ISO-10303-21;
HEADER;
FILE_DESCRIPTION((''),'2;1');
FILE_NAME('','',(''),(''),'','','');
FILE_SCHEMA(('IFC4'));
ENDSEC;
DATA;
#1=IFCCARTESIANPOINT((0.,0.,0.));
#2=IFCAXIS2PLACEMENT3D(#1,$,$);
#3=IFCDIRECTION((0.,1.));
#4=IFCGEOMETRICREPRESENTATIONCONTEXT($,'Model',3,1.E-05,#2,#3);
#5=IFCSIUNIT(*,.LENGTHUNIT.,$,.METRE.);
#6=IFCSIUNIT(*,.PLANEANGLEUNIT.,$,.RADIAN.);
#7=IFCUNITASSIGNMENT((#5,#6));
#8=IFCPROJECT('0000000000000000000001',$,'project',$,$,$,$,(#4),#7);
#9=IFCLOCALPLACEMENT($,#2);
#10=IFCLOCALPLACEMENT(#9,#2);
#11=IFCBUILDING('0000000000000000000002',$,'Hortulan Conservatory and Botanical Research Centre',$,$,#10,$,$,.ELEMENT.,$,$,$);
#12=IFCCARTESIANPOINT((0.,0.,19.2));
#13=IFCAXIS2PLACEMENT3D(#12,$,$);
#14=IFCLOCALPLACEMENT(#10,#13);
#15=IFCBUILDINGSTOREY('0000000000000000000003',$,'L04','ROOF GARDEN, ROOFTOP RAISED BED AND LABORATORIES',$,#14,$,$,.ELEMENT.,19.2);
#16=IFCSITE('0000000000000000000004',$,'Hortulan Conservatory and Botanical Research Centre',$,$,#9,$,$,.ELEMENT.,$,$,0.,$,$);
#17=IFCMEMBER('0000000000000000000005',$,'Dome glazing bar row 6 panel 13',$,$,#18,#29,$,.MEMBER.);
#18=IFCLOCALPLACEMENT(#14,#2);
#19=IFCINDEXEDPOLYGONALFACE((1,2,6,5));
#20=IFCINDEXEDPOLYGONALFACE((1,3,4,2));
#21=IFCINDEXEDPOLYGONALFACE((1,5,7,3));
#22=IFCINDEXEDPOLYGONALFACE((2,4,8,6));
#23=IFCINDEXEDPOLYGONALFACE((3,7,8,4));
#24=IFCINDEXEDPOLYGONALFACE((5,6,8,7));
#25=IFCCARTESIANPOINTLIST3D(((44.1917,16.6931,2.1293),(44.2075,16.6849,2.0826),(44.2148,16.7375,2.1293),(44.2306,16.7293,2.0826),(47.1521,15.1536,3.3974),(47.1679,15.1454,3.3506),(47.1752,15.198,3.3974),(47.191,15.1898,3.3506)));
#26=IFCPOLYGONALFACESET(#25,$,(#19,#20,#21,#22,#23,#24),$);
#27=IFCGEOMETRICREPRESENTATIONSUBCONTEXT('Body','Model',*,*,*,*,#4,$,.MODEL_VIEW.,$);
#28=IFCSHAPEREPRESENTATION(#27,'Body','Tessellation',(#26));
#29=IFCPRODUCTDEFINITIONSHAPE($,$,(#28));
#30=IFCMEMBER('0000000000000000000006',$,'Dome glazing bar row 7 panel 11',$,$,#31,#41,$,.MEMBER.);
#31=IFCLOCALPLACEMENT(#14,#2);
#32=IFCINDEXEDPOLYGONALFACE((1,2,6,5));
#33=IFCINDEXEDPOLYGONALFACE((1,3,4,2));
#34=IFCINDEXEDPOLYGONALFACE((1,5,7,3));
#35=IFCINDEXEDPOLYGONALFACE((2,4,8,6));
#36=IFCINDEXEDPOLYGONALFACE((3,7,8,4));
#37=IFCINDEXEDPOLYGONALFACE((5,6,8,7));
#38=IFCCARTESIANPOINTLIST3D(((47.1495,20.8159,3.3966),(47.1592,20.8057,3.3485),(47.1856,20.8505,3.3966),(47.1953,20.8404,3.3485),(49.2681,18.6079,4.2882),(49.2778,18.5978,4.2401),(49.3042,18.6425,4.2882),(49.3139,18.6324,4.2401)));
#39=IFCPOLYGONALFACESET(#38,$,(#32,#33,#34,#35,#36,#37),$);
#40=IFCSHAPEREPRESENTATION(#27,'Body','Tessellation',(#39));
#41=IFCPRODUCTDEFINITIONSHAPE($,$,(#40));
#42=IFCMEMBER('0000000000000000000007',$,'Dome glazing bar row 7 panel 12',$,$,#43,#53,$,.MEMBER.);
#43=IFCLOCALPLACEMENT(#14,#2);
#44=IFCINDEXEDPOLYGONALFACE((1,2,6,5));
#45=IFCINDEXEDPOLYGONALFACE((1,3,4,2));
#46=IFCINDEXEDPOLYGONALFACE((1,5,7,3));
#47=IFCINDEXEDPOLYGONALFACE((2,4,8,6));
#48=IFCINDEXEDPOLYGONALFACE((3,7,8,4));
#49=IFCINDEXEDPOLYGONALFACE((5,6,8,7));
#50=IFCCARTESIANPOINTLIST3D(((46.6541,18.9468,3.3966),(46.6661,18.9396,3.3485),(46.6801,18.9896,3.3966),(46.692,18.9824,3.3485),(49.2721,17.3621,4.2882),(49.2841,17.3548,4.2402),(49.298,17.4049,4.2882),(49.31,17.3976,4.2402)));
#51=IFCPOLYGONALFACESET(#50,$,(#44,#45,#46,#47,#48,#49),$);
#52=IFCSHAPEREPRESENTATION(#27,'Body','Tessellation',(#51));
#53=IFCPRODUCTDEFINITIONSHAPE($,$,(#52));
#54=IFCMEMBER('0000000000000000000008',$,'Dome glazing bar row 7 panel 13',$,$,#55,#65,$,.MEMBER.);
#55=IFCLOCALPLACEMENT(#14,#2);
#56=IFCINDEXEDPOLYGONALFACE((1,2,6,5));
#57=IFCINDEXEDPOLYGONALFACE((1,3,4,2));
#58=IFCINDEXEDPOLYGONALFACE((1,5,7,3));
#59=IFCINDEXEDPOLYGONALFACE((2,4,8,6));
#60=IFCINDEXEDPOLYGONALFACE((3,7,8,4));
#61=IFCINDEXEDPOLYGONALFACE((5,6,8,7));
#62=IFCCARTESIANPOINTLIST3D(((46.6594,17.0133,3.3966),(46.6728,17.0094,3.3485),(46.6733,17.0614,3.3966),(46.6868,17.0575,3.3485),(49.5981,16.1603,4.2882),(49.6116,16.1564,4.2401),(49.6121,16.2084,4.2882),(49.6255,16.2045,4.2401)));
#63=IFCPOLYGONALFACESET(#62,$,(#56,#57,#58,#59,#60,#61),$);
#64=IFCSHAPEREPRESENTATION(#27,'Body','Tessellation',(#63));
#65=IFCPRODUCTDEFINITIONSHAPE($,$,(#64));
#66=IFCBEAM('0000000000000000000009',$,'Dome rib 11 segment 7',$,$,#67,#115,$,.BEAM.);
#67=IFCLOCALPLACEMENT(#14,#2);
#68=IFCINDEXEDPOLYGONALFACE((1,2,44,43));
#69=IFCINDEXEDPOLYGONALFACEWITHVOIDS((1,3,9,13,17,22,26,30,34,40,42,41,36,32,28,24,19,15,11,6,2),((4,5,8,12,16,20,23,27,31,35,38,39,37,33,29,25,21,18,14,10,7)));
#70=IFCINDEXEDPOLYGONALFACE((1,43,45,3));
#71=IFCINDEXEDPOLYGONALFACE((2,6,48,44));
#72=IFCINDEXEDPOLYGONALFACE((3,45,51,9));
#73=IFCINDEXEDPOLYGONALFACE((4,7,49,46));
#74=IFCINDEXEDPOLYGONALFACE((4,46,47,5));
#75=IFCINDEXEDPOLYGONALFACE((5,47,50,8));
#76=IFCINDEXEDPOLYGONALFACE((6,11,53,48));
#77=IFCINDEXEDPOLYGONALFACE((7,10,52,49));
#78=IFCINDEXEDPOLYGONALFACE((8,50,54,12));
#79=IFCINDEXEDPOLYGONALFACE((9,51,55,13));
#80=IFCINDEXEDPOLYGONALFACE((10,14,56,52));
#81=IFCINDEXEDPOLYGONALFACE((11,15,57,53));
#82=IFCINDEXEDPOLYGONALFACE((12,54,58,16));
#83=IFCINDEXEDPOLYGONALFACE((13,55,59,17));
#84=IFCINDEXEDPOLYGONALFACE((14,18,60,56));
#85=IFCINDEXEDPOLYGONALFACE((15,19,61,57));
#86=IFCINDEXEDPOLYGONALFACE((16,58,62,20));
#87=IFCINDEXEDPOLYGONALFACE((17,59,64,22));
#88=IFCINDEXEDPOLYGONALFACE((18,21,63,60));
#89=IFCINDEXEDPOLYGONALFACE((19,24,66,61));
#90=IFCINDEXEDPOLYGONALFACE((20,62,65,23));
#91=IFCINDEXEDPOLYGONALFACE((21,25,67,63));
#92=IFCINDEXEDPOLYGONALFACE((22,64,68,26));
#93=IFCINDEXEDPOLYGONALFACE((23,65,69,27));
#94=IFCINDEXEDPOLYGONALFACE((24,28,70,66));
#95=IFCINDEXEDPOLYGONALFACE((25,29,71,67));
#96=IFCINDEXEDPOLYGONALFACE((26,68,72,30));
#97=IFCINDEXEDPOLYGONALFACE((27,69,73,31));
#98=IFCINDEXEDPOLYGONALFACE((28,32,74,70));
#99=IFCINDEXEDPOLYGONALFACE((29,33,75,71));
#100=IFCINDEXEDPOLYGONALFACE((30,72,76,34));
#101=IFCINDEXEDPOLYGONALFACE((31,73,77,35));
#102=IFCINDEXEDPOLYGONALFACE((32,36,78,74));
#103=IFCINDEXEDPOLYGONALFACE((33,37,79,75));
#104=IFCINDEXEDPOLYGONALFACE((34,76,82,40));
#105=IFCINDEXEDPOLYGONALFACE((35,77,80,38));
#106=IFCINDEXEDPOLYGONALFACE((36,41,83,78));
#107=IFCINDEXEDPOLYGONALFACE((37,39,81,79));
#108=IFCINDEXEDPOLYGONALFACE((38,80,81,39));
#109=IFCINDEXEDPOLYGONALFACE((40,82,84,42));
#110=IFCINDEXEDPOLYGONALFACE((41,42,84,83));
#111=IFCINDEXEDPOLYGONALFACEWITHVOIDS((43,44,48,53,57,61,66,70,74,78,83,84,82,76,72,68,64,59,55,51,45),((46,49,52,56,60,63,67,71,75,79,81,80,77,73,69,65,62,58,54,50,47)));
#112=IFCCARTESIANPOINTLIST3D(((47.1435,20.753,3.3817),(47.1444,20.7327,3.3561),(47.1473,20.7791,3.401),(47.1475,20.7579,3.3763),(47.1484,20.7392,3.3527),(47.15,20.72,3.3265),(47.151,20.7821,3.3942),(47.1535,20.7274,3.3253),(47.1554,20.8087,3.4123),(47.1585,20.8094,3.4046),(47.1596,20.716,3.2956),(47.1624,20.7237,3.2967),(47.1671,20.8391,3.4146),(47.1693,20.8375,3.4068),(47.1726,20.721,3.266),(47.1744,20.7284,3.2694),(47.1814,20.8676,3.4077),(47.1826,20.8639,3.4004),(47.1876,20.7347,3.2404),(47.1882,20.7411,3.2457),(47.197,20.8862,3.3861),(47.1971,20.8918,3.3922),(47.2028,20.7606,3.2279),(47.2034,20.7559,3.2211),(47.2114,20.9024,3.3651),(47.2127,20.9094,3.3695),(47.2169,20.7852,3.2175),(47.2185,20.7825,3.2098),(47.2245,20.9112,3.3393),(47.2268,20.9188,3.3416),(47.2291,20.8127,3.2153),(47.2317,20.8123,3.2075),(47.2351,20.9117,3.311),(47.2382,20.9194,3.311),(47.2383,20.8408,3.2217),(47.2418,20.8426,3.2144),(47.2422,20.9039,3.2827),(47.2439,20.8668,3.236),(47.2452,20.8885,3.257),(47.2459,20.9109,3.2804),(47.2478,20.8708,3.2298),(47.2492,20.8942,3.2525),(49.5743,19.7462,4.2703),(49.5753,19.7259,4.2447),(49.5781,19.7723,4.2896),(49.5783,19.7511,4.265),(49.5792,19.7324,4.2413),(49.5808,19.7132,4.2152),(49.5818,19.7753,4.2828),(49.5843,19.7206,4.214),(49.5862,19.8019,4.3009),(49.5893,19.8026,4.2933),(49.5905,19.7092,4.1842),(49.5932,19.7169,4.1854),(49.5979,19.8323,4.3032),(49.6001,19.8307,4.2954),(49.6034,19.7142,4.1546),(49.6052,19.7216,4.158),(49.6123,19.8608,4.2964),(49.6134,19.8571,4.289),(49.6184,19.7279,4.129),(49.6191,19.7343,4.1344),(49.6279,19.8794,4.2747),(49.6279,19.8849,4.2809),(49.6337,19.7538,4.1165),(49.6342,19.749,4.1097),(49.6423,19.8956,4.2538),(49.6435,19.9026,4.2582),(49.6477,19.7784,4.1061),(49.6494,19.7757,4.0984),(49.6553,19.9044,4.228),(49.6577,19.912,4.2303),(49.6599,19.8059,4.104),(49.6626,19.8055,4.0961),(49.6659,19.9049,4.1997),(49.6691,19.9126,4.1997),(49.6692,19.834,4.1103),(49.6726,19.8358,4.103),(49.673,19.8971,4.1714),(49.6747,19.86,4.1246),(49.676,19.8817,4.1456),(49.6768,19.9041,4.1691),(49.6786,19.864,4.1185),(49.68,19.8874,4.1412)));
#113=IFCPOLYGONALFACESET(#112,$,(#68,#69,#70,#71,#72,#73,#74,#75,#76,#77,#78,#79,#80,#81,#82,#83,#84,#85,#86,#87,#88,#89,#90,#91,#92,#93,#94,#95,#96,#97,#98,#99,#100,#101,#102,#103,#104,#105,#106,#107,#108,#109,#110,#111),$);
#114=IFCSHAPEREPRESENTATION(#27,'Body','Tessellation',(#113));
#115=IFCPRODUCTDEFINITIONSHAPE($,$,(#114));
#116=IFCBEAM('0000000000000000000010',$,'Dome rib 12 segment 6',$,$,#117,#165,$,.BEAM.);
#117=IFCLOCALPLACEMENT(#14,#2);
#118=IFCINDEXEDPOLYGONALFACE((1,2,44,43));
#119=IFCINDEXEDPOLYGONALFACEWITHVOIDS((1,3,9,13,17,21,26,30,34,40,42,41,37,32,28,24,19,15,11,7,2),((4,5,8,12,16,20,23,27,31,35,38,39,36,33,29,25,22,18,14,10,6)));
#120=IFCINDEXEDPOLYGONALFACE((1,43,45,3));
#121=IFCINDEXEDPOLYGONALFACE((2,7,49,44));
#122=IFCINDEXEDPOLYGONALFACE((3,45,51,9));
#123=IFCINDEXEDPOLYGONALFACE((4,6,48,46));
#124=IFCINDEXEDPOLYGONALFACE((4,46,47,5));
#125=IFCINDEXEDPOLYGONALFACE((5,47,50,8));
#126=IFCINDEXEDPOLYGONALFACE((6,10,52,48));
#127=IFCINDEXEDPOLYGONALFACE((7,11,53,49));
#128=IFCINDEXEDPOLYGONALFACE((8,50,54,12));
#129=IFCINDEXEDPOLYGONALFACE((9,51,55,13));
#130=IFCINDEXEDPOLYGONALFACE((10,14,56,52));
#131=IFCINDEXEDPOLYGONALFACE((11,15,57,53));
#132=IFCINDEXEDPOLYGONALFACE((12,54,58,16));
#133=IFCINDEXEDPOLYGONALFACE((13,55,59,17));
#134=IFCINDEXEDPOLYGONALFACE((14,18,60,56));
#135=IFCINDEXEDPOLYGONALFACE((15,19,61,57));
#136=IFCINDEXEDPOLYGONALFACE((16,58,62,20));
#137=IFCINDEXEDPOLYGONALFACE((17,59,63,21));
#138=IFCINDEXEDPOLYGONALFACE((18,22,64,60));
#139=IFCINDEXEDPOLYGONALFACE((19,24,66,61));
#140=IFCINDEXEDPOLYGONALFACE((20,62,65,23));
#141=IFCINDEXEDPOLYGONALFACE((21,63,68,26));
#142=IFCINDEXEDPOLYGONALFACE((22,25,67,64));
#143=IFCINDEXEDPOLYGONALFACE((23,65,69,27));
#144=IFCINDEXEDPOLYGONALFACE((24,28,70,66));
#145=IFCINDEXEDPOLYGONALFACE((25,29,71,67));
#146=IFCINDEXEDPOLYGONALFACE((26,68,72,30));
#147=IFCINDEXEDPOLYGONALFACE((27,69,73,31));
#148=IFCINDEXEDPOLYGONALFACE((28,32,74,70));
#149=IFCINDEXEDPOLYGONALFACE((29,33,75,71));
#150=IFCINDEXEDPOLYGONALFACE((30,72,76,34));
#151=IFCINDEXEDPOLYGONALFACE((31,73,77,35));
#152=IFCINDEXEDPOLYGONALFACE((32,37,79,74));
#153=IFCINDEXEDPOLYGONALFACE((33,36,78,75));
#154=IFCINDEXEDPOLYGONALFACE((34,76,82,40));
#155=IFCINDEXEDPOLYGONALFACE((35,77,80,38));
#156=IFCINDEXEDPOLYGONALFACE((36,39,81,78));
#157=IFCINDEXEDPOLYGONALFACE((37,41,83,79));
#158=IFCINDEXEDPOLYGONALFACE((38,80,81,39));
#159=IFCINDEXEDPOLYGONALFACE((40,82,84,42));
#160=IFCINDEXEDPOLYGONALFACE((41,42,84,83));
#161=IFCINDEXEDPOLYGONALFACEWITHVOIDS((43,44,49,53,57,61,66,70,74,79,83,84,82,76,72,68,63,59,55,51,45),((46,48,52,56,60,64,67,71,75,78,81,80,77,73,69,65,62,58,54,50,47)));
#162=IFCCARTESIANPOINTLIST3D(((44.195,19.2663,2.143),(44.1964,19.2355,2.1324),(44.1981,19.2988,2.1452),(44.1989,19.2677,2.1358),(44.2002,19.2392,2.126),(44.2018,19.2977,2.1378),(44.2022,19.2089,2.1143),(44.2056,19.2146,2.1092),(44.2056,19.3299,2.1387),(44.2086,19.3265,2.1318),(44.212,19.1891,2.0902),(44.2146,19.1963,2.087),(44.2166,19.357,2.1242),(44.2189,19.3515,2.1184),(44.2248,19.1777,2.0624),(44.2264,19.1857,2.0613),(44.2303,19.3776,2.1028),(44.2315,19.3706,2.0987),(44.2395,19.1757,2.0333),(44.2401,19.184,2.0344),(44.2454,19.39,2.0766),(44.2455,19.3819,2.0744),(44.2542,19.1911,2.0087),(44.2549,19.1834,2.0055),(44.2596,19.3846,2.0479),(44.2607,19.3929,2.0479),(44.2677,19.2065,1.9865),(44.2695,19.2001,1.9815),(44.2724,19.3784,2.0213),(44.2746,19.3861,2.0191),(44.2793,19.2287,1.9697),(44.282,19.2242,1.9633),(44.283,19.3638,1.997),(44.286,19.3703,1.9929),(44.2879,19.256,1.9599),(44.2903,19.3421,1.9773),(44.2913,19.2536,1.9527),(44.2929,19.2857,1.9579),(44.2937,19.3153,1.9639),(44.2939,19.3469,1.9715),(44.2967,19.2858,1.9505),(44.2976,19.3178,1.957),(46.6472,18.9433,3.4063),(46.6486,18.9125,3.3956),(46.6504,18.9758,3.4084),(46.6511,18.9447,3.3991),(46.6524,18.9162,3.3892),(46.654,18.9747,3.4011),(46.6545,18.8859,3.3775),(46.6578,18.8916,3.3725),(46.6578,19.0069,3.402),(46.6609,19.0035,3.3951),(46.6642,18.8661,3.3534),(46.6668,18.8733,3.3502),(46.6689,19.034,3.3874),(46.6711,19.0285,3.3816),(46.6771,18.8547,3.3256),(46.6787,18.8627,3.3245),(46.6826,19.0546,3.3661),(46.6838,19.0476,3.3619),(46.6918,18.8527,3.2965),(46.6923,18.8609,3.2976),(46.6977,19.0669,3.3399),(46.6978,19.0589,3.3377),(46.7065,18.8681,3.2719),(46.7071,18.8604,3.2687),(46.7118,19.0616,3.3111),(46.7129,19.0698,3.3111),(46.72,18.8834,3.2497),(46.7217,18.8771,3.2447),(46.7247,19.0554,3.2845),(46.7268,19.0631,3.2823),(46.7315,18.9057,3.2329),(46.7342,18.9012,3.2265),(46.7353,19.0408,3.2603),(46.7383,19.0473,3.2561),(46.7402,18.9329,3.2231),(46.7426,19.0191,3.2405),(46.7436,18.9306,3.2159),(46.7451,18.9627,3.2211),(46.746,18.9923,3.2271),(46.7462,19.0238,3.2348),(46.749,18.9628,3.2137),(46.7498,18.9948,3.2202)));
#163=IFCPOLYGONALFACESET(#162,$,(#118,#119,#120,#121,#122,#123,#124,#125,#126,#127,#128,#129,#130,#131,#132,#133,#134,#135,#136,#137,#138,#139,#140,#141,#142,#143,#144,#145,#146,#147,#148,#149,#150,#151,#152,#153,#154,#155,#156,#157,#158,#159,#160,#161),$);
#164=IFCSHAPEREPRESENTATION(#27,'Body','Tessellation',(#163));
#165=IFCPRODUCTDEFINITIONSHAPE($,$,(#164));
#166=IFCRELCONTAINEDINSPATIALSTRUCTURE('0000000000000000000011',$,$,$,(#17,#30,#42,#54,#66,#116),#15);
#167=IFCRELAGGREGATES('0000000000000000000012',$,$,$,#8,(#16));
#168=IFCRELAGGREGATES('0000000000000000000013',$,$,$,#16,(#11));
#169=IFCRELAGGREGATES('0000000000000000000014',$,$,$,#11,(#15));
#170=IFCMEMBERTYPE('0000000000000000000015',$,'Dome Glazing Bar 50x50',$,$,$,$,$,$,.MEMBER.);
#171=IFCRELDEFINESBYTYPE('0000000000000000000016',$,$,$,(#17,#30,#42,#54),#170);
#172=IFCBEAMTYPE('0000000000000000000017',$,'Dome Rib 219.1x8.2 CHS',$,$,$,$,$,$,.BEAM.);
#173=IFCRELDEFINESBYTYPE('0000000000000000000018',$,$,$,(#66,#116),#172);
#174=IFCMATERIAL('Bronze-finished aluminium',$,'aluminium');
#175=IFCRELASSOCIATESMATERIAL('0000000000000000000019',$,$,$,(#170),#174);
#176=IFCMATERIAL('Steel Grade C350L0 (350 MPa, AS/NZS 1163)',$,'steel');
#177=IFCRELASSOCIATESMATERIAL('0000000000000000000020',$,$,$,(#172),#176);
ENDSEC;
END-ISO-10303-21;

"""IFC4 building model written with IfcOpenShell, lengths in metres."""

from ifc_helpers import new_model, si_unit, direction, frame, origin, origin_2d, place, context, subcontext, project, spatial, rectangle, hollow_circle, extrude, material, material_profile, profile_set, type_object, element, save


model = new_model("IFC4")

# Units and contexts
model_context = context("Model", 3, precision=1e-05, world=origin(), true_north=direction((0.0, 1.0)))
body_context = subcontext(model_context, "Body", "Model", "MODEL_VIEW")
ifc_project = project(units=[si_unit("LENGTHUNIT", "METRE"), si_unit("PLANEANGLEUNIT", "RADIAN")], contexts=[model_context])

# Site, building, storey
site_placement = place(None, origin())
site = spatial("IfcSite", under=ifc_project, at=site_placement, Name="Hortulan Conservatory and Botanical Research Centre", CompositionType="ELEMENT", RefElevation=0.0)
building_placement = place(site_placement, origin())
building = spatial("IfcBuilding", under=site, at=building_placement, Name="Hortulan Conservatory and Botanical Research Centre", CompositionType="ELEMENT")
storey_placement = place(building_placement, frame((0.0, 0.0, 19.2)))
storey = spatial("IfcBuildingStorey", under=building, at=storey_placement, Name="L04", Description="ROOF GARDEN, ROOFTOP RAISED BED AND LABORATORIES", CompositionType="ELEMENT", Elevation=19.2)

# Members
ifc_material_1 = material(Name="Bronze-finished aluminium", Category="aluminium")
ifc_material_profile_1 = material_profile(ifc_material_1, rectangle(XDim=0.05, YDim=0.05, at=origin_2d()), Name="Square bar 50x50")
ifc_profile_set_1 = profile_set([ifc_material_profile_1], Name="Bronze-finished aluminium")
member_type_1 = type_object("IfcMemberType", Name="Dome Glazing Bar 50x50", PredefinedType="MEMBER", material=ifc_profile_set_1)
member_1_placement = place(storey_placement, frame((44.2112, 16.7112, 2.106), z_axis=(0.829337, -0.431288, 0.355235), x_axis=(0.46138, 0.887202, 0.0)))
element("IfcMember", 1, at=member_1_placement, inside=storey, type_object=member_type_1, Name="Dome glazing bar row 6 panel 13", PredefinedType="MEMBER", context=body_context, shape_type="SweptSolid", body=[
    extrude(rectangle(XDim=0.05, YDim=0.05, at=origin_2d()), origin(), (0.0, 0.0, 1.0), 3.5696),
])
member_2_placement = place(storey_placement, frame((47.1724, 20.8281, 3.3726), z_axis=(0.664715, -0.69275, 0.279735), x_axis=(0.721556, 0.692356, 0.0)))
element("IfcMember", 2, at=member_2_placement, inside=storey, type_object=member_type_1, Name="Dome glazing bar row 7 panel 11", PredefinedType="MEMBER", context=body_context, shape_type="SweptSolid", body=[
    extrude(rectangle(XDim=0.05, YDim=0.05, at=origin_2d()), origin(), (0.0, 0.0, 1.0), 3.1873),
])
member_3_placement = place(storey_placement, frame((46.6731, 18.9646, 3.3726), z_axis=(0.821323, -0.497175, 0.279723), x_axis=(0.517847, 0.855473, 0.0)))
element("IfcMember", 3, at=member_3_placement, inside=storey, type_object=member_type_1, Name="Dome glazing bar row 7 panel 12", PredefinedType="MEMBER", context=body_context, shape_type="SweptSolid", body=[
    extrude(rectangle(XDim=0.05, YDim=0.05, at=origin_2d()), origin(), (0.0, 0.0, 1.0), 3.1875),
])
member_4_placement = place(storey_placement, frame((46.6731, 17.0354, 3.3726), z_axis=(0.922018, -0.267636, 0.279738), x_axis=(0.278765, 0.960359, 0.0)))
element("IfcMember", 4, at=member_4_placement, inside=storey, type_object=member_type_1, Name="Dome glazing bar row 7 panel 13", PredefinedType="MEMBER", context=body_context, shape_type="SweptSolid", body=[
    extrude(rectangle(XDim=0.05, YDim=0.05, at=origin_2d()), origin(), (0.0, 0.0, 1.0), 3.1873),
])

# Beams
ifc_material_2 = material(Name="Steel Grade C350L0 (350 MPa, AS/NZS 1163)", Category="steel")
ifc_material_profile_2 = material_profile(ifc_material_2, hollow_circle(Radius=0.1096, WallThickness=0.0083, at=origin_2d()), Name="219.1x8.2CHS")
ifc_profile_set_2 = profile_set([ifc_material_profile_2], Name="Steel Grade C350L0 (350 MPa, AS/NZS 1163)")
beam_type = type_object("IfcBeamType", Name="Dome Rib 219.1x8.2 CHS", PredefinedType="BEAM", material=ifc_profile_set_2)
beam_1_placement = place(storey_placement, frame((47.1963, 20.8181, 3.311), z_axis=(0.875313, -0.362538, 0.31999), x_axis=(0.382658, 0.92389, 0.0)))
element("IfcBeam", 5, at=beam_1_placement, inside=storey, type_object=beam_type, Name="Dome rib 11 segment 7", PredefinedType="BEAM", context=body_context, shape_type="SweptSolid", body=[
    extrude(hollow_circle(Radius=0.1096, WallThickness=0.0083, at=origin_2d()), origin(), (0.0, 0.0, 1.0), 2.7771),
])
beam_2_placement = place(storey_placement, frame((44.2463, 19.2842, 2.0479), z_axis=(0.882948, -0.116302, 0.454836), x_axis=(0.130592, 0.991436, 0.0)))
element("IfcBeam", 6, at=beam_2_placement, inside=storey, type_object=beam_type, Name="Dome rib 12 segment 6", PredefinedType="BEAM", context=body_context, shape_type="SweptSolid", body=[
    extrude(hollow_circle(Radius=0.1096, WallThickness=0.0083, at=origin_2d()), origin(), (0.0, 0.0, 1.0), 2.7773),
])

save(model, "model.ifc")
